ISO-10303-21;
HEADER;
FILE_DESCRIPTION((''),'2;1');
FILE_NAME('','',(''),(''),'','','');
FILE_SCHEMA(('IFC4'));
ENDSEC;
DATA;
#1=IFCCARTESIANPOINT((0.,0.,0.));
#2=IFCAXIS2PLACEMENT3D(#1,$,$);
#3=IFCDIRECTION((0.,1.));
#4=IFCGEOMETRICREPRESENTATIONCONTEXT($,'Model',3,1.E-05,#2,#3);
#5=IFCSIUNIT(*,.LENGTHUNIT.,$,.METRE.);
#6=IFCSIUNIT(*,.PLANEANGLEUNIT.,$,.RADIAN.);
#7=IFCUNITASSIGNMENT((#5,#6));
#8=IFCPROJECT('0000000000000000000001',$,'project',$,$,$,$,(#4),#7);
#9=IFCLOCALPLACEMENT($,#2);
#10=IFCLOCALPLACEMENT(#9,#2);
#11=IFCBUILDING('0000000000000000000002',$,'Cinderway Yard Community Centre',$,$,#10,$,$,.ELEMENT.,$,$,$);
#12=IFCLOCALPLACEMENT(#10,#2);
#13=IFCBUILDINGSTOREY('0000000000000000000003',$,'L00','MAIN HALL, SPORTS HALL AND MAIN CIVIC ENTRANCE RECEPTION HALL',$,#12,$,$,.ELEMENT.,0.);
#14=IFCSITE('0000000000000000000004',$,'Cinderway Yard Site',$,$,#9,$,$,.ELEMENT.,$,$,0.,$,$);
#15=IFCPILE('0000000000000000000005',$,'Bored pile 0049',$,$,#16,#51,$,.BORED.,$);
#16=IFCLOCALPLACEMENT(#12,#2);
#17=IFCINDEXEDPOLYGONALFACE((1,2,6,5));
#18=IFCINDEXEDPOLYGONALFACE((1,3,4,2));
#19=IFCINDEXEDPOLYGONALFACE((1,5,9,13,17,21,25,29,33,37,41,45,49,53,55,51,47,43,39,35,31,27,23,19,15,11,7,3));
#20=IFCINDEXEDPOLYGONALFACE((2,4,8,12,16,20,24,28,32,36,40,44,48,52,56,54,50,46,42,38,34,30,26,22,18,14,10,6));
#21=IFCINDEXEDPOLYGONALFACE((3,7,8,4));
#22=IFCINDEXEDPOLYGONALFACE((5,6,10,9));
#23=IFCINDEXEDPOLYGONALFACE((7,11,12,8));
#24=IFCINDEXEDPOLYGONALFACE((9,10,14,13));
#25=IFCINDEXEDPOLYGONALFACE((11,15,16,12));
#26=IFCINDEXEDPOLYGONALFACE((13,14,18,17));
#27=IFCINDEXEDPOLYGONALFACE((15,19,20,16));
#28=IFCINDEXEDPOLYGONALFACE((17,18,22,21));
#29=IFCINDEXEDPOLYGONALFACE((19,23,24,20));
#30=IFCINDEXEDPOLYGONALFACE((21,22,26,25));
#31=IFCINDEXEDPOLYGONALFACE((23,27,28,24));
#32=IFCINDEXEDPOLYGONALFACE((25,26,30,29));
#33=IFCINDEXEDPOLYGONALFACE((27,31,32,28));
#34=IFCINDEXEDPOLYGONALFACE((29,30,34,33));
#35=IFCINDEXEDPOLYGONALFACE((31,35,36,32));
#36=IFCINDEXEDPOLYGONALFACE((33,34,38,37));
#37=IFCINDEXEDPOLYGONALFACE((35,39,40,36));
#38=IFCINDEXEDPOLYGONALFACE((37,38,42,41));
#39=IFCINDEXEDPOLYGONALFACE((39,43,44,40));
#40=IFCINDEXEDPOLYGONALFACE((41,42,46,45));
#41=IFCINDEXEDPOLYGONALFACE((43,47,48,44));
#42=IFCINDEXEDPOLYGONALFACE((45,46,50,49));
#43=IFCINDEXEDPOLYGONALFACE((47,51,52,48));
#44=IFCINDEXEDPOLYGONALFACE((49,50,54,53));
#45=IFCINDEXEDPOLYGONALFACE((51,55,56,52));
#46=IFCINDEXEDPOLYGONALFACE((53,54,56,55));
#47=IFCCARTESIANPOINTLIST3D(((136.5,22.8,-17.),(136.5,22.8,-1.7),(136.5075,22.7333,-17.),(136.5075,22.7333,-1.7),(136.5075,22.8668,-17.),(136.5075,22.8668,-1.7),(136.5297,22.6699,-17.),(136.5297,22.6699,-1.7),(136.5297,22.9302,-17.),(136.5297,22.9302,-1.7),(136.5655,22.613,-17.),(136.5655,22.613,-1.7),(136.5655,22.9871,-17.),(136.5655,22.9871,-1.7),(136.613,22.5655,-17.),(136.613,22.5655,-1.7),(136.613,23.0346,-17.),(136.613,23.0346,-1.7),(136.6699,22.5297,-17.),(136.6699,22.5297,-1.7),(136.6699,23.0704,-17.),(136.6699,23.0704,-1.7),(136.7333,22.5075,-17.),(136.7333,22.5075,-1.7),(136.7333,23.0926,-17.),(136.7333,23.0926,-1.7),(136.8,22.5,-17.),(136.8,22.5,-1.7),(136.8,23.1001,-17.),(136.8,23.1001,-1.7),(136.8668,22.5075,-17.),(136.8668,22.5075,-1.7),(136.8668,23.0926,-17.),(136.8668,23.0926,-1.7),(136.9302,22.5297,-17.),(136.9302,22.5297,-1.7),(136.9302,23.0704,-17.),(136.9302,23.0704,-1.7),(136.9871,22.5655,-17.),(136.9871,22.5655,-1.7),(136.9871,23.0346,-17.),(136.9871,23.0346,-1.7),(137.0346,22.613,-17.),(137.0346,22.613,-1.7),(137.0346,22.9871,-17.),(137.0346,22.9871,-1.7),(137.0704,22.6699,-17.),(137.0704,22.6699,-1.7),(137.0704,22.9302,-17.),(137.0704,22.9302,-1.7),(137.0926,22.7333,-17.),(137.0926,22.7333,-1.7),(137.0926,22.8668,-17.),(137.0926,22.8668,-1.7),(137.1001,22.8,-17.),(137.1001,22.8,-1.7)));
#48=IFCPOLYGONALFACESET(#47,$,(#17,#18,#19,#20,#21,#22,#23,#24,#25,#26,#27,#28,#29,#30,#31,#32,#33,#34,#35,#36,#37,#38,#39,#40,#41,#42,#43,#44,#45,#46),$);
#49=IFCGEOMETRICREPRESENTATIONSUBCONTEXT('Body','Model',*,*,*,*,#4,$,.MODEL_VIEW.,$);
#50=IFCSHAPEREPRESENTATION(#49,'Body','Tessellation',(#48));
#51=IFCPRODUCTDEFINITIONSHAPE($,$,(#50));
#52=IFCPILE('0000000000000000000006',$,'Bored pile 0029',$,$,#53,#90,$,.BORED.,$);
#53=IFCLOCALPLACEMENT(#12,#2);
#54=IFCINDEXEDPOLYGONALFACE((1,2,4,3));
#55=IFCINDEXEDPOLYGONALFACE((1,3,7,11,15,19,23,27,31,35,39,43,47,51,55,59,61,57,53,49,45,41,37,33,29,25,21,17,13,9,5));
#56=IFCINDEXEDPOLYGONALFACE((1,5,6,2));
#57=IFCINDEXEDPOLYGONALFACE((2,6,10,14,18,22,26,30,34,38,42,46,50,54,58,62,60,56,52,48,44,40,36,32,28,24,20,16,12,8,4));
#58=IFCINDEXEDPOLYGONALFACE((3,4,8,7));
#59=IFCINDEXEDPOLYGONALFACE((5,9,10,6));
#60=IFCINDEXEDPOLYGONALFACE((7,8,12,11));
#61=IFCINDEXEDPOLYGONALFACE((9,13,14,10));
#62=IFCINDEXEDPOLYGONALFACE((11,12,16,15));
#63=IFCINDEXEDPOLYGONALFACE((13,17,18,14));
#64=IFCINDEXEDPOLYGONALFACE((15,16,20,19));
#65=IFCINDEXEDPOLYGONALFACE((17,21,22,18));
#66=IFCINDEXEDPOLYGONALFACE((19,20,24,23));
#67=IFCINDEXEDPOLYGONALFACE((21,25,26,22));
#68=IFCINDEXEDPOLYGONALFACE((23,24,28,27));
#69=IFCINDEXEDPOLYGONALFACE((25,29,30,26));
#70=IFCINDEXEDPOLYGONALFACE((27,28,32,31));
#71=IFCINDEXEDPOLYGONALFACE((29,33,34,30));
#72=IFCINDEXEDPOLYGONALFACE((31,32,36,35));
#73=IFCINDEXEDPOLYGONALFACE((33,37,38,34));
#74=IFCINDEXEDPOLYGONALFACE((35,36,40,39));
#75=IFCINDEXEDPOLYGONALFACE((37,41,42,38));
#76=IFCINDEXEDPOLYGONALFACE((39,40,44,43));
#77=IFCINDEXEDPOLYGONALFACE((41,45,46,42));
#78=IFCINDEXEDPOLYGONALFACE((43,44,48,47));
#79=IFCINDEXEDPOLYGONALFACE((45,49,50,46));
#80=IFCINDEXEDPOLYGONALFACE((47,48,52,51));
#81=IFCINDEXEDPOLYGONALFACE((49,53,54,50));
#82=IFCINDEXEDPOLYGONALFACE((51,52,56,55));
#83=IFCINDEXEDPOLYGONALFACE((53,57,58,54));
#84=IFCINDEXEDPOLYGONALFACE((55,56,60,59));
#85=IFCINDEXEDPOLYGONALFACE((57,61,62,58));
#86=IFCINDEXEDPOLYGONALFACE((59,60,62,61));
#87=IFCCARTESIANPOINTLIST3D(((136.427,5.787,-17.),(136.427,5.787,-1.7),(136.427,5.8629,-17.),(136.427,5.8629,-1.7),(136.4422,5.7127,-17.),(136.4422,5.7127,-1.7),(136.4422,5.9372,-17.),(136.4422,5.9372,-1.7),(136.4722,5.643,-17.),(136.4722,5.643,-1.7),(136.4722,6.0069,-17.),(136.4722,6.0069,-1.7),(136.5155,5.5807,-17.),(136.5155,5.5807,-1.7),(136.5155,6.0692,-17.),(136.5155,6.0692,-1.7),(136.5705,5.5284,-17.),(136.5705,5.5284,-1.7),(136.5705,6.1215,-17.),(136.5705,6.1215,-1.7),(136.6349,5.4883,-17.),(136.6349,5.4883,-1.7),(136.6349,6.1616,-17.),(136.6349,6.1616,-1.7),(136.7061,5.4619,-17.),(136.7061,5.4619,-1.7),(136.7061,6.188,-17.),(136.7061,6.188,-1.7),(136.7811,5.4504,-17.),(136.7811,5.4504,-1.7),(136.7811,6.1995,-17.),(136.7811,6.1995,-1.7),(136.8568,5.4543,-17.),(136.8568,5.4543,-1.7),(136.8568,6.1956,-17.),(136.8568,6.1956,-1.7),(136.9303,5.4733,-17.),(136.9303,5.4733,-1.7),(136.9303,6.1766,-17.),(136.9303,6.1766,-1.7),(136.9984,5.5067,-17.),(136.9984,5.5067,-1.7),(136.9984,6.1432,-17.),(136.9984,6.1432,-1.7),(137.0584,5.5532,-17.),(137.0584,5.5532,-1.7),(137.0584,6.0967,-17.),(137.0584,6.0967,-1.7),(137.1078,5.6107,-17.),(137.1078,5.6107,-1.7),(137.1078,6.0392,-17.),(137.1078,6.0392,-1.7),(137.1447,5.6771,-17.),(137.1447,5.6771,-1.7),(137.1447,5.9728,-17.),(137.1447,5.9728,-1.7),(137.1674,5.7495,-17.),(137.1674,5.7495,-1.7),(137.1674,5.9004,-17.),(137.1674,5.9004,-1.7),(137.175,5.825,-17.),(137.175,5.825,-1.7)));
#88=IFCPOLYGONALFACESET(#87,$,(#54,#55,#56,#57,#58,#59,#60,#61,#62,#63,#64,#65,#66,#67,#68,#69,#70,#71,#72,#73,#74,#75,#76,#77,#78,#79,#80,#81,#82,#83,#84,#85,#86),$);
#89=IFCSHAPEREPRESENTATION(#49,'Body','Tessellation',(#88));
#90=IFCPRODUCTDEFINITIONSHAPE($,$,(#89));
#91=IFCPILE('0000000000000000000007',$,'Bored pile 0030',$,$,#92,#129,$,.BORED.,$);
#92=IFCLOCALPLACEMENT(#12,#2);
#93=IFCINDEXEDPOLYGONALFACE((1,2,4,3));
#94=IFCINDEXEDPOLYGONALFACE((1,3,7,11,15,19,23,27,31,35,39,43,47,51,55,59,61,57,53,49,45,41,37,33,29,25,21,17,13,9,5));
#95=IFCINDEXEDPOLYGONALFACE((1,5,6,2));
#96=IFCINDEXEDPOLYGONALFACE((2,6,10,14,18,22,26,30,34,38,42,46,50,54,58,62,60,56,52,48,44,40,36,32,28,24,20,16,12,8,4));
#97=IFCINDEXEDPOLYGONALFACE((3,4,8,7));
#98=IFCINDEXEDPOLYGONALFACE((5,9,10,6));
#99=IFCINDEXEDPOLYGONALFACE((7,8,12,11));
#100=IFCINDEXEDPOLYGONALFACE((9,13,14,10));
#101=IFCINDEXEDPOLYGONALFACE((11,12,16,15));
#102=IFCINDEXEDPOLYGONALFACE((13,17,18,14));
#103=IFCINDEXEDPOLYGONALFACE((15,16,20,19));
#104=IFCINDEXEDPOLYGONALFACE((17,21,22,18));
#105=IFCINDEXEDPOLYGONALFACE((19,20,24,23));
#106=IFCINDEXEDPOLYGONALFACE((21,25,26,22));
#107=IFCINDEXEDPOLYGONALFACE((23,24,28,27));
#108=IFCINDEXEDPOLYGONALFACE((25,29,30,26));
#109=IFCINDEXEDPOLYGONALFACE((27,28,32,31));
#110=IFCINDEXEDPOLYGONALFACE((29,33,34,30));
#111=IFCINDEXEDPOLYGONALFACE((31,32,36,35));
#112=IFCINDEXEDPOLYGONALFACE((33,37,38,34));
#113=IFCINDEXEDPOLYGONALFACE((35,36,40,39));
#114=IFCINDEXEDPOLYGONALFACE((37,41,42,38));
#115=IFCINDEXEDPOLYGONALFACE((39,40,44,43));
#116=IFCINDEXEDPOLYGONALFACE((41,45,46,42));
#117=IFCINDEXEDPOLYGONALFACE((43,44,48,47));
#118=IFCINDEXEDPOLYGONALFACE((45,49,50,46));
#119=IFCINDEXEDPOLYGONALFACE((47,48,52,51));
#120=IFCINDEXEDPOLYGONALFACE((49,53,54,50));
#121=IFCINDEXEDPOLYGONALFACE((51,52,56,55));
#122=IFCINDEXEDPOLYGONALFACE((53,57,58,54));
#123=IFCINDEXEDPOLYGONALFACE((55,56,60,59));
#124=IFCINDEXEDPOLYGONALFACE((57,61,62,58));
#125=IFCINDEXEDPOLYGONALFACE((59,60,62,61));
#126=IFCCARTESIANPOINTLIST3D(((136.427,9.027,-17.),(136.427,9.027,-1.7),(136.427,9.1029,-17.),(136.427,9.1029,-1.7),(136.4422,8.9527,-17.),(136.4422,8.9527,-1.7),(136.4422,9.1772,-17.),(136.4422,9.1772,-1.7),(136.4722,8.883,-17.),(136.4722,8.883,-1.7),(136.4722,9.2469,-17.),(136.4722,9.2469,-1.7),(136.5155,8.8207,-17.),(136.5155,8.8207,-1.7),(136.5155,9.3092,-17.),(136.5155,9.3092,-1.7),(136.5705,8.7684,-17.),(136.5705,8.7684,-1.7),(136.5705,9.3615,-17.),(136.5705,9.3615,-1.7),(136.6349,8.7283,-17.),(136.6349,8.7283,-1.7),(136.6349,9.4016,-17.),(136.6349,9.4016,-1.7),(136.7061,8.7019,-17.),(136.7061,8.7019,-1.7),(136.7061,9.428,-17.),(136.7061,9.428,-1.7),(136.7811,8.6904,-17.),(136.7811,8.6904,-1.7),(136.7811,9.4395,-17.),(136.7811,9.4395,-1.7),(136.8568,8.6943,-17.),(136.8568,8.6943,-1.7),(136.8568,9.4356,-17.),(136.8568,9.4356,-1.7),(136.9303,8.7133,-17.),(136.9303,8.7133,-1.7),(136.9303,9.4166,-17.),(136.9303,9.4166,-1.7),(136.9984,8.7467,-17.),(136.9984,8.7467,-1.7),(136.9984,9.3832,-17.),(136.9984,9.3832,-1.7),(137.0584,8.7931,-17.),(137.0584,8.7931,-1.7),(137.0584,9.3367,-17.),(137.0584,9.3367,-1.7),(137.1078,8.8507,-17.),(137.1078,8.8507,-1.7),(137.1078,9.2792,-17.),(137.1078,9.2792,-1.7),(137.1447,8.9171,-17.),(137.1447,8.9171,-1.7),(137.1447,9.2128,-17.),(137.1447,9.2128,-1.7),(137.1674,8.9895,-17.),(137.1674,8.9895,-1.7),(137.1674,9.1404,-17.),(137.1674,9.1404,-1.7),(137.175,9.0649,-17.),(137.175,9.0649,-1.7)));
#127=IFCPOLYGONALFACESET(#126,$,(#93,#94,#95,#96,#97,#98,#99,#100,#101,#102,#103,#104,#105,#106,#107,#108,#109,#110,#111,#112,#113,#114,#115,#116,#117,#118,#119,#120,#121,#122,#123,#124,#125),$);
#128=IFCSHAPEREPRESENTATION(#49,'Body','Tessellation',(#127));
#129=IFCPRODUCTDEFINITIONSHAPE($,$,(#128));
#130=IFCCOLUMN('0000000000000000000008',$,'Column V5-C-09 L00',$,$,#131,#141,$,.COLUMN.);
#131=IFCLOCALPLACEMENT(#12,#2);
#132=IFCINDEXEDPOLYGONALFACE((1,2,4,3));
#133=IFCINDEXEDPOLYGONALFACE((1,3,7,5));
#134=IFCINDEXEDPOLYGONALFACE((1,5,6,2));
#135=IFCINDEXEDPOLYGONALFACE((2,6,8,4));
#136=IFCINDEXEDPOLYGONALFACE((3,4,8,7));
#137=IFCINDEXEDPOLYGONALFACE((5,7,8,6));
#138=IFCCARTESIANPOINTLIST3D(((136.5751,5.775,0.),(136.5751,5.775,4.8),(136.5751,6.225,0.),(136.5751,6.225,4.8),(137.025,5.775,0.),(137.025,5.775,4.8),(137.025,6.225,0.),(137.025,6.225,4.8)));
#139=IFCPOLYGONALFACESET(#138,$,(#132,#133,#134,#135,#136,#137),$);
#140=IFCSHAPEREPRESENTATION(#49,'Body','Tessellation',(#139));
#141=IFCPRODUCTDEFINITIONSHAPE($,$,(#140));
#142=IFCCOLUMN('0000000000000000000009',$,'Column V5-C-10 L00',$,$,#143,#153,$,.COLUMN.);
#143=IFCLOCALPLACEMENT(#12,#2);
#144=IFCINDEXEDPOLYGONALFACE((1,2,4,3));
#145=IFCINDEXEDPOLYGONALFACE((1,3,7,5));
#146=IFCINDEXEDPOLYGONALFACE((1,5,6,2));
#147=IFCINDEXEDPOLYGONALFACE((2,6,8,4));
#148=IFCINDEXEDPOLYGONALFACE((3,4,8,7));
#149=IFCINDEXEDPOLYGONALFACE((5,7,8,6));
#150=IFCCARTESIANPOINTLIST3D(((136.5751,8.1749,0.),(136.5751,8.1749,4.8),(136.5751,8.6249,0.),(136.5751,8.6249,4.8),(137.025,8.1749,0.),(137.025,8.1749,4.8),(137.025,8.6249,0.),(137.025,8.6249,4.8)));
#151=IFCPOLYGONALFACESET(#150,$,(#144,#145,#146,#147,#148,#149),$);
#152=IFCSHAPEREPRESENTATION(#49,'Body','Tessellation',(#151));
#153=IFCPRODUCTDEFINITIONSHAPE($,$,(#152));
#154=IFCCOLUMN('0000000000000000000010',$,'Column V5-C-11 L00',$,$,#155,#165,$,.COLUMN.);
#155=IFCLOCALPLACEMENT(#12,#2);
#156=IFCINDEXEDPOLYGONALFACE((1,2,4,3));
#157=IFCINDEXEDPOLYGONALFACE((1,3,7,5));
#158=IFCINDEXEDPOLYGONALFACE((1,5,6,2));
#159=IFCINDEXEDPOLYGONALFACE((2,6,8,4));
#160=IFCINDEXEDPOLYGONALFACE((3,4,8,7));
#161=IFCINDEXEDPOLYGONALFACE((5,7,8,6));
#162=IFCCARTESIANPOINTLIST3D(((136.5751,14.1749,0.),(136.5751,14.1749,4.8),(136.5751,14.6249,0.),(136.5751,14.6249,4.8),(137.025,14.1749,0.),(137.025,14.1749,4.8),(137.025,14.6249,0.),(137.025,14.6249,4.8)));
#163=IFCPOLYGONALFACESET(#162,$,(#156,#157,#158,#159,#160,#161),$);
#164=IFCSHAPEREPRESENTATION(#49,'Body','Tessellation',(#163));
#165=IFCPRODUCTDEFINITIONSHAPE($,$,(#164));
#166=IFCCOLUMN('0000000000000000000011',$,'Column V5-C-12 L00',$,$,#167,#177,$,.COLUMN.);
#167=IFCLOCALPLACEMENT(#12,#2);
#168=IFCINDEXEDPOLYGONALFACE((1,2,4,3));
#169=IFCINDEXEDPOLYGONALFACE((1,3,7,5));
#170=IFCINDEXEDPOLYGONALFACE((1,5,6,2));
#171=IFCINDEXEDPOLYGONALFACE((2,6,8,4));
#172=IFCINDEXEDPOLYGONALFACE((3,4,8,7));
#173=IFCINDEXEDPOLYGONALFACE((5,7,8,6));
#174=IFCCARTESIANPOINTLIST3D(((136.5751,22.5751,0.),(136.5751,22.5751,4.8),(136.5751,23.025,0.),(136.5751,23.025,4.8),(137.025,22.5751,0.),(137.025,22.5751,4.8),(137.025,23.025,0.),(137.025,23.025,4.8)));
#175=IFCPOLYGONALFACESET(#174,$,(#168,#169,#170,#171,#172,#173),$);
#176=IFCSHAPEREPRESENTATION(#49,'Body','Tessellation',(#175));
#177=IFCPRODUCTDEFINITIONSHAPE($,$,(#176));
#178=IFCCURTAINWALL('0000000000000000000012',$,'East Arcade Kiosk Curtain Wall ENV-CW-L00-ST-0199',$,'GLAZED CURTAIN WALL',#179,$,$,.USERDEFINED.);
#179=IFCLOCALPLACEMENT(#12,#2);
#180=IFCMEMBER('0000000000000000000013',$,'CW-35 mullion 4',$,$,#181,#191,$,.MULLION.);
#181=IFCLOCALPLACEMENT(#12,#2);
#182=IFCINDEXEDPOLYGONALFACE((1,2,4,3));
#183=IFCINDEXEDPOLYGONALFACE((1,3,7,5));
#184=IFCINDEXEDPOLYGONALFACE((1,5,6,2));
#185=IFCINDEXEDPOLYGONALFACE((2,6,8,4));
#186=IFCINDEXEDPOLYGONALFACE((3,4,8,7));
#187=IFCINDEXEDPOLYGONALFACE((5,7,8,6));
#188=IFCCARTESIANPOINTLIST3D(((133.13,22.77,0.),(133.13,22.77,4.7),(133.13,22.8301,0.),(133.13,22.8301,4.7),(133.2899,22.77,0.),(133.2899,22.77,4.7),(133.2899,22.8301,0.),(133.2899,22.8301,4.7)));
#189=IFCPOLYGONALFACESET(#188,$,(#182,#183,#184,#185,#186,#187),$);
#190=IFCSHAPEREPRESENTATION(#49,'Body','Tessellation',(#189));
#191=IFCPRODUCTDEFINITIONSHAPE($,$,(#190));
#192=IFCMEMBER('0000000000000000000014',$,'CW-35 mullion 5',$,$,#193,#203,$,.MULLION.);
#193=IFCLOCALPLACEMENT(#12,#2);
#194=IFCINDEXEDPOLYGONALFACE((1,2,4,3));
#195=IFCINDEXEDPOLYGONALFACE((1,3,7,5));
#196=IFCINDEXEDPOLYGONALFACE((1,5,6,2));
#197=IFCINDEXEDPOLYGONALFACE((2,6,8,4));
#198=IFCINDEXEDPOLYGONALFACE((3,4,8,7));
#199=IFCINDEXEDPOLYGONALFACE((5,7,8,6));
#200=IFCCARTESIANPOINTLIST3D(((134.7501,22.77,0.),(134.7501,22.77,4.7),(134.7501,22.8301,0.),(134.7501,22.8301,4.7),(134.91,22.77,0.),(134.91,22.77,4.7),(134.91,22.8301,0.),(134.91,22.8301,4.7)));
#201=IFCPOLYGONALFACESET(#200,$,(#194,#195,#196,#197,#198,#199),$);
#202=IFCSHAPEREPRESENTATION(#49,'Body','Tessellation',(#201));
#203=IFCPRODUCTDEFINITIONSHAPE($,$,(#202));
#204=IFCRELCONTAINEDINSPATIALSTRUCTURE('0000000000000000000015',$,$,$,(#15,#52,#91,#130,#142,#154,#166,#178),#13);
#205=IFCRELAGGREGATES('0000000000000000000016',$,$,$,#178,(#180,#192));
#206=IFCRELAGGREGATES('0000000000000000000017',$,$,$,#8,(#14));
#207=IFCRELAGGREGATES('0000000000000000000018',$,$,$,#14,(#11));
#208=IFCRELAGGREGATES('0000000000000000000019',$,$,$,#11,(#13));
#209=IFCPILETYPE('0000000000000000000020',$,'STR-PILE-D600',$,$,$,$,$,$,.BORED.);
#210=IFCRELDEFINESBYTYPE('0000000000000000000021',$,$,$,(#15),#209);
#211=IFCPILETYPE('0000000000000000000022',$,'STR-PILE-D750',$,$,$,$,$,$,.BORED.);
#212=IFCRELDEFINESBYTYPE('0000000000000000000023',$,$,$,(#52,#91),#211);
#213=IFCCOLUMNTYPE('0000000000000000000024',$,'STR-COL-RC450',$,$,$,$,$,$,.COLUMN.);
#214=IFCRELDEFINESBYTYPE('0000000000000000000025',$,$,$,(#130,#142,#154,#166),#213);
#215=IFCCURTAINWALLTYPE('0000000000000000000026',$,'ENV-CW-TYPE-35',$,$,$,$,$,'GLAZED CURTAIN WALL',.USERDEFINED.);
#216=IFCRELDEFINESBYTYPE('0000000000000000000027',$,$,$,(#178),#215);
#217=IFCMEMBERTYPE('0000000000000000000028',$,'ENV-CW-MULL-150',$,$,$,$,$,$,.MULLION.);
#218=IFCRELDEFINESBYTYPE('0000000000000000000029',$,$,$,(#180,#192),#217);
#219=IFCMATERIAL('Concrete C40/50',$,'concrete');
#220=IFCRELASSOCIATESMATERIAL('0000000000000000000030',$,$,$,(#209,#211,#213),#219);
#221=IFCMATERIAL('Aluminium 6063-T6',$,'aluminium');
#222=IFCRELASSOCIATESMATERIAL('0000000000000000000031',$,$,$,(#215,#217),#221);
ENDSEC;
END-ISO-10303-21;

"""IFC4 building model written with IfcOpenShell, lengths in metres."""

from ifc_helpers import new_model, si_unit, direction, frame, origin, origin_2d, place, context, subcontext, project, spatial, rectangle, circle, extrude, material, material_profile, profile_set, type_object, element, aggregate, save


model = new_model("IFC4")

# Units and contexts
model_context = context("Model", 3, precision=1e-05, world=origin(), true_north=direction((0.0, 1.0)))
body_context = subcontext(model_context, "Body", "Model", "MODEL_VIEW")
ifc_project = project(units=[si_unit("LENGTHUNIT", "METRE"), si_unit("PLANEANGLEUNIT", "RADIAN")], contexts=[model_context])

# Site, building, storey
site_placement = place(None, origin())
site = spatial("IfcSite", under=ifc_project, at=site_placement, Name="Cinderway Yard Site", CompositionType="ELEMENT", RefElevation=0.0)
building_placement = place(site_placement, origin())
building = spatial("IfcBuilding", under=site, at=building_placement, Name="Cinderway Yard Community Centre", CompositionType="ELEMENT")
storey_placement = place(building_placement, origin())
storey = spatial("IfcBuildingStorey", under=building, at=storey_placement, Name="L00", Description="MAIN HALL, SPORTS HALL AND MAIN CIVIC ENTRANCE RECEPTION HALL", CompositionType="ELEMENT", Elevation=0.0)

# Shared definitions
ifc_material_1 = material(Name="Concrete C40/50", Category="concrete")

# Piles
ifc_material_profile_1 = material_profile(ifc_material_1, circle(Radius=0.3, at=origin_2d()), Name="Concrete C40/50")
ifc_profile_set_1 = profile_set([ifc_material_profile_1], Name="Concrete C40/50")
pile_type_1 = type_object("IfcPileType", Name="STR-PILE-D600", PredefinedType="BORED", material=ifc_profile_set_1)
for number, where, z_axis, x_axis, name in (
    (1, (136.8, 22.8, -1.7), (0.0, 0.0, -1.0), (1.0, 0.0, 0.0), "Bored pile 0049"),
):
    element("IfcPile", number, at=place(storey_placement, frame(where, z_axis=z_axis, x_axis=x_axis)), inside=storey, type_object=pile_type_1, Name=name, PredefinedType="BORED", context=body_context, shape_type="SweptSolid", body=[
        extrude(circle(Radius=0.3, at=origin_2d()), origin(), (0.0, 0.0, 1.0), 15.3),
    ])
ifc_material_profile_2 = material_profile(ifc_material_1, circle(Radius=0.375, at=origin_2d()), Name="Concrete C40/50")
ifc_profile_set_2 = profile_set([ifc_material_profile_2], Name="Concrete C40/50")
pile_type_2 = type_object("IfcPileType", Name="STR-PILE-D750", PredefinedType="BORED", material=ifc_profile_set_2)
for number, where, z_axis, x_axis, name in (
    (2, (136.8, 5.825, -1.7), (0.0, 0.0, -1.0), (1.0, 0.0, 0.0), "Bored pile 0029"),
    (3, (136.8, 9.0649, -1.7), (0.0, 0.0, -1.0), (1.0, 0.0, 0.0), "Bored pile 0030"),
):
    element("IfcPile", number, at=place(storey_placement, frame(where, z_axis=z_axis, x_axis=x_axis)), inside=storey, type_object=pile_type_2, Name=name, PredefinedType="BORED", context=body_context, shape_type="SweptSolid", body=[
        extrude(circle(Radius=0.375, at=origin_2d()), origin(), (0.0, 0.0, 1.0), 15.3),
    ])

# Columns
ifc_material_profile_3 = material_profile(ifc_material_1, rectangle(XDim=0.45, YDim=0.45, at=origin_2d()), Name="Concrete C40/50")
ifc_profile_set_3 = profile_set([ifc_material_profile_3], Name="Concrete C40/50")
column_type = type_object("IfcColumnType", Name="STR-COL-RC450", PredefinedType="COLUMN", material=ifc_profile_set_3)
for number, where, z_axis, x_axis, name in (
    (4, (136.8, 6.0, 0.0), (0.0, 0.0, 1.0), (1.0, 0.0, 0.0), "Column V5-C-09 L00"),
    (5, (136.8, 8.3999, 0.0), (0.0, 0.0, 1.0), (1.0, 0.0, 0.0), "Column V5-C-10 L00"),
    (6, (136.8, 14.3999, 0.0), (0.0, 0.0, 1.0), (1.0, 0.0, 0.0), "Column V5-C-11 L00"),
    (7, (136.8, 22.8, 0.0), (0.0, 0.0, 1.0), (1.0, 0.0, 0.0), "Column V5-C-12 L00"),
):
    element("IfcColumn", number, at=place(storey_placement, frame(where, z_axis=z_axis, x_axis=x_axis)), inside=storey, type_object=column_type, Name=name, PredefinedType="COLUMN", context=body_context, shape_type="SweptSolid", body=[
        extrude(rectangle(XDim=0.45, YDim=0.45, at=origin_2d()), origin(), (0.0, 0.0, 1.0), 4.8),
    ])

# Curtain wall, members
ifc_material_2 = material(Name="Aluminium 6063-T6", Category="aluminium")
curtain_wall_type = type_object("IfcCurtainWallType", Name="ENV-CW-TYPE-35", ElementType="GLAZED CURTAIN WALL", PredefinedType="USERDEFINED", material=ifc_material_2)
curtain_wall_placement = place(storey_placement, origin())
curtain_wall = element("IfcCurtainWall", 8, at=curtain_wall_placement, inside=storey, type_object=curtain_wall_type, Name="East Arcade Kiosk Curtain Wall ENV-CW-L00-ST-0199", ObjectType="GLAZED CURTAIN WALL", PredefinedType="USERDEFINED")
ifc_material_profile_4 = material_profile(ifc_material_2, rectangle(XDim=0.0601, YDim=0.1599, at=origin_2d()), Name="Aluminium 6063-T6")
ifc_profile_set_4 = profile_set([ifc_material_profile_4], Name="Aluminium 6063-T6")
member_type_1 = type_object("IfcMemberType", Name="ENV-CW-MULL-150", PredefinedType="MULLION", material=ifc_profile_set_4)
member_1_placement = place(storey_placement, frame((133.21, 22.8, 0.0), z_axis=(0.0, 0.0, 1.0), x_axis=(0.0, 1.0, 0.0)))
member_1 = element("IfcMember", 9, at=member_1_placement, type_object=member_type_1, Name="CW-35 mullion 4", PredefinedType="MULLION", context=body_context, shape_type="SweptSolid", body=[
    extrude(rectangle(XDim=0.0601, YDim=0.1599, at=origin_2d()), origin(), (0.0, 0.0, 1.0), 4.7),
])
member_2_placement = place(storey_placement, frame((134.8301, 22.8, 0.0), z_axis=(0.0, 0.0, 1.0), x_axis=(0.0, 1.0, 0.0)))
member_2 = element("IfcMember", 10, at=member_2_placement, type_object=member_type_1, Name="CW-35 mullion 5", PredefinedType="MULLION", context=body_context, shape_type="SweptSolid", body=[
    extrude(rectangle(XDim=0.0601, YDim=0.1599, at=origin_2d()), origin(), (0.0, 0.0, 1.0), 4.7),
])
aggregate(curtain_wall, [member_1, member_2])

save(model, "model.ifc")
